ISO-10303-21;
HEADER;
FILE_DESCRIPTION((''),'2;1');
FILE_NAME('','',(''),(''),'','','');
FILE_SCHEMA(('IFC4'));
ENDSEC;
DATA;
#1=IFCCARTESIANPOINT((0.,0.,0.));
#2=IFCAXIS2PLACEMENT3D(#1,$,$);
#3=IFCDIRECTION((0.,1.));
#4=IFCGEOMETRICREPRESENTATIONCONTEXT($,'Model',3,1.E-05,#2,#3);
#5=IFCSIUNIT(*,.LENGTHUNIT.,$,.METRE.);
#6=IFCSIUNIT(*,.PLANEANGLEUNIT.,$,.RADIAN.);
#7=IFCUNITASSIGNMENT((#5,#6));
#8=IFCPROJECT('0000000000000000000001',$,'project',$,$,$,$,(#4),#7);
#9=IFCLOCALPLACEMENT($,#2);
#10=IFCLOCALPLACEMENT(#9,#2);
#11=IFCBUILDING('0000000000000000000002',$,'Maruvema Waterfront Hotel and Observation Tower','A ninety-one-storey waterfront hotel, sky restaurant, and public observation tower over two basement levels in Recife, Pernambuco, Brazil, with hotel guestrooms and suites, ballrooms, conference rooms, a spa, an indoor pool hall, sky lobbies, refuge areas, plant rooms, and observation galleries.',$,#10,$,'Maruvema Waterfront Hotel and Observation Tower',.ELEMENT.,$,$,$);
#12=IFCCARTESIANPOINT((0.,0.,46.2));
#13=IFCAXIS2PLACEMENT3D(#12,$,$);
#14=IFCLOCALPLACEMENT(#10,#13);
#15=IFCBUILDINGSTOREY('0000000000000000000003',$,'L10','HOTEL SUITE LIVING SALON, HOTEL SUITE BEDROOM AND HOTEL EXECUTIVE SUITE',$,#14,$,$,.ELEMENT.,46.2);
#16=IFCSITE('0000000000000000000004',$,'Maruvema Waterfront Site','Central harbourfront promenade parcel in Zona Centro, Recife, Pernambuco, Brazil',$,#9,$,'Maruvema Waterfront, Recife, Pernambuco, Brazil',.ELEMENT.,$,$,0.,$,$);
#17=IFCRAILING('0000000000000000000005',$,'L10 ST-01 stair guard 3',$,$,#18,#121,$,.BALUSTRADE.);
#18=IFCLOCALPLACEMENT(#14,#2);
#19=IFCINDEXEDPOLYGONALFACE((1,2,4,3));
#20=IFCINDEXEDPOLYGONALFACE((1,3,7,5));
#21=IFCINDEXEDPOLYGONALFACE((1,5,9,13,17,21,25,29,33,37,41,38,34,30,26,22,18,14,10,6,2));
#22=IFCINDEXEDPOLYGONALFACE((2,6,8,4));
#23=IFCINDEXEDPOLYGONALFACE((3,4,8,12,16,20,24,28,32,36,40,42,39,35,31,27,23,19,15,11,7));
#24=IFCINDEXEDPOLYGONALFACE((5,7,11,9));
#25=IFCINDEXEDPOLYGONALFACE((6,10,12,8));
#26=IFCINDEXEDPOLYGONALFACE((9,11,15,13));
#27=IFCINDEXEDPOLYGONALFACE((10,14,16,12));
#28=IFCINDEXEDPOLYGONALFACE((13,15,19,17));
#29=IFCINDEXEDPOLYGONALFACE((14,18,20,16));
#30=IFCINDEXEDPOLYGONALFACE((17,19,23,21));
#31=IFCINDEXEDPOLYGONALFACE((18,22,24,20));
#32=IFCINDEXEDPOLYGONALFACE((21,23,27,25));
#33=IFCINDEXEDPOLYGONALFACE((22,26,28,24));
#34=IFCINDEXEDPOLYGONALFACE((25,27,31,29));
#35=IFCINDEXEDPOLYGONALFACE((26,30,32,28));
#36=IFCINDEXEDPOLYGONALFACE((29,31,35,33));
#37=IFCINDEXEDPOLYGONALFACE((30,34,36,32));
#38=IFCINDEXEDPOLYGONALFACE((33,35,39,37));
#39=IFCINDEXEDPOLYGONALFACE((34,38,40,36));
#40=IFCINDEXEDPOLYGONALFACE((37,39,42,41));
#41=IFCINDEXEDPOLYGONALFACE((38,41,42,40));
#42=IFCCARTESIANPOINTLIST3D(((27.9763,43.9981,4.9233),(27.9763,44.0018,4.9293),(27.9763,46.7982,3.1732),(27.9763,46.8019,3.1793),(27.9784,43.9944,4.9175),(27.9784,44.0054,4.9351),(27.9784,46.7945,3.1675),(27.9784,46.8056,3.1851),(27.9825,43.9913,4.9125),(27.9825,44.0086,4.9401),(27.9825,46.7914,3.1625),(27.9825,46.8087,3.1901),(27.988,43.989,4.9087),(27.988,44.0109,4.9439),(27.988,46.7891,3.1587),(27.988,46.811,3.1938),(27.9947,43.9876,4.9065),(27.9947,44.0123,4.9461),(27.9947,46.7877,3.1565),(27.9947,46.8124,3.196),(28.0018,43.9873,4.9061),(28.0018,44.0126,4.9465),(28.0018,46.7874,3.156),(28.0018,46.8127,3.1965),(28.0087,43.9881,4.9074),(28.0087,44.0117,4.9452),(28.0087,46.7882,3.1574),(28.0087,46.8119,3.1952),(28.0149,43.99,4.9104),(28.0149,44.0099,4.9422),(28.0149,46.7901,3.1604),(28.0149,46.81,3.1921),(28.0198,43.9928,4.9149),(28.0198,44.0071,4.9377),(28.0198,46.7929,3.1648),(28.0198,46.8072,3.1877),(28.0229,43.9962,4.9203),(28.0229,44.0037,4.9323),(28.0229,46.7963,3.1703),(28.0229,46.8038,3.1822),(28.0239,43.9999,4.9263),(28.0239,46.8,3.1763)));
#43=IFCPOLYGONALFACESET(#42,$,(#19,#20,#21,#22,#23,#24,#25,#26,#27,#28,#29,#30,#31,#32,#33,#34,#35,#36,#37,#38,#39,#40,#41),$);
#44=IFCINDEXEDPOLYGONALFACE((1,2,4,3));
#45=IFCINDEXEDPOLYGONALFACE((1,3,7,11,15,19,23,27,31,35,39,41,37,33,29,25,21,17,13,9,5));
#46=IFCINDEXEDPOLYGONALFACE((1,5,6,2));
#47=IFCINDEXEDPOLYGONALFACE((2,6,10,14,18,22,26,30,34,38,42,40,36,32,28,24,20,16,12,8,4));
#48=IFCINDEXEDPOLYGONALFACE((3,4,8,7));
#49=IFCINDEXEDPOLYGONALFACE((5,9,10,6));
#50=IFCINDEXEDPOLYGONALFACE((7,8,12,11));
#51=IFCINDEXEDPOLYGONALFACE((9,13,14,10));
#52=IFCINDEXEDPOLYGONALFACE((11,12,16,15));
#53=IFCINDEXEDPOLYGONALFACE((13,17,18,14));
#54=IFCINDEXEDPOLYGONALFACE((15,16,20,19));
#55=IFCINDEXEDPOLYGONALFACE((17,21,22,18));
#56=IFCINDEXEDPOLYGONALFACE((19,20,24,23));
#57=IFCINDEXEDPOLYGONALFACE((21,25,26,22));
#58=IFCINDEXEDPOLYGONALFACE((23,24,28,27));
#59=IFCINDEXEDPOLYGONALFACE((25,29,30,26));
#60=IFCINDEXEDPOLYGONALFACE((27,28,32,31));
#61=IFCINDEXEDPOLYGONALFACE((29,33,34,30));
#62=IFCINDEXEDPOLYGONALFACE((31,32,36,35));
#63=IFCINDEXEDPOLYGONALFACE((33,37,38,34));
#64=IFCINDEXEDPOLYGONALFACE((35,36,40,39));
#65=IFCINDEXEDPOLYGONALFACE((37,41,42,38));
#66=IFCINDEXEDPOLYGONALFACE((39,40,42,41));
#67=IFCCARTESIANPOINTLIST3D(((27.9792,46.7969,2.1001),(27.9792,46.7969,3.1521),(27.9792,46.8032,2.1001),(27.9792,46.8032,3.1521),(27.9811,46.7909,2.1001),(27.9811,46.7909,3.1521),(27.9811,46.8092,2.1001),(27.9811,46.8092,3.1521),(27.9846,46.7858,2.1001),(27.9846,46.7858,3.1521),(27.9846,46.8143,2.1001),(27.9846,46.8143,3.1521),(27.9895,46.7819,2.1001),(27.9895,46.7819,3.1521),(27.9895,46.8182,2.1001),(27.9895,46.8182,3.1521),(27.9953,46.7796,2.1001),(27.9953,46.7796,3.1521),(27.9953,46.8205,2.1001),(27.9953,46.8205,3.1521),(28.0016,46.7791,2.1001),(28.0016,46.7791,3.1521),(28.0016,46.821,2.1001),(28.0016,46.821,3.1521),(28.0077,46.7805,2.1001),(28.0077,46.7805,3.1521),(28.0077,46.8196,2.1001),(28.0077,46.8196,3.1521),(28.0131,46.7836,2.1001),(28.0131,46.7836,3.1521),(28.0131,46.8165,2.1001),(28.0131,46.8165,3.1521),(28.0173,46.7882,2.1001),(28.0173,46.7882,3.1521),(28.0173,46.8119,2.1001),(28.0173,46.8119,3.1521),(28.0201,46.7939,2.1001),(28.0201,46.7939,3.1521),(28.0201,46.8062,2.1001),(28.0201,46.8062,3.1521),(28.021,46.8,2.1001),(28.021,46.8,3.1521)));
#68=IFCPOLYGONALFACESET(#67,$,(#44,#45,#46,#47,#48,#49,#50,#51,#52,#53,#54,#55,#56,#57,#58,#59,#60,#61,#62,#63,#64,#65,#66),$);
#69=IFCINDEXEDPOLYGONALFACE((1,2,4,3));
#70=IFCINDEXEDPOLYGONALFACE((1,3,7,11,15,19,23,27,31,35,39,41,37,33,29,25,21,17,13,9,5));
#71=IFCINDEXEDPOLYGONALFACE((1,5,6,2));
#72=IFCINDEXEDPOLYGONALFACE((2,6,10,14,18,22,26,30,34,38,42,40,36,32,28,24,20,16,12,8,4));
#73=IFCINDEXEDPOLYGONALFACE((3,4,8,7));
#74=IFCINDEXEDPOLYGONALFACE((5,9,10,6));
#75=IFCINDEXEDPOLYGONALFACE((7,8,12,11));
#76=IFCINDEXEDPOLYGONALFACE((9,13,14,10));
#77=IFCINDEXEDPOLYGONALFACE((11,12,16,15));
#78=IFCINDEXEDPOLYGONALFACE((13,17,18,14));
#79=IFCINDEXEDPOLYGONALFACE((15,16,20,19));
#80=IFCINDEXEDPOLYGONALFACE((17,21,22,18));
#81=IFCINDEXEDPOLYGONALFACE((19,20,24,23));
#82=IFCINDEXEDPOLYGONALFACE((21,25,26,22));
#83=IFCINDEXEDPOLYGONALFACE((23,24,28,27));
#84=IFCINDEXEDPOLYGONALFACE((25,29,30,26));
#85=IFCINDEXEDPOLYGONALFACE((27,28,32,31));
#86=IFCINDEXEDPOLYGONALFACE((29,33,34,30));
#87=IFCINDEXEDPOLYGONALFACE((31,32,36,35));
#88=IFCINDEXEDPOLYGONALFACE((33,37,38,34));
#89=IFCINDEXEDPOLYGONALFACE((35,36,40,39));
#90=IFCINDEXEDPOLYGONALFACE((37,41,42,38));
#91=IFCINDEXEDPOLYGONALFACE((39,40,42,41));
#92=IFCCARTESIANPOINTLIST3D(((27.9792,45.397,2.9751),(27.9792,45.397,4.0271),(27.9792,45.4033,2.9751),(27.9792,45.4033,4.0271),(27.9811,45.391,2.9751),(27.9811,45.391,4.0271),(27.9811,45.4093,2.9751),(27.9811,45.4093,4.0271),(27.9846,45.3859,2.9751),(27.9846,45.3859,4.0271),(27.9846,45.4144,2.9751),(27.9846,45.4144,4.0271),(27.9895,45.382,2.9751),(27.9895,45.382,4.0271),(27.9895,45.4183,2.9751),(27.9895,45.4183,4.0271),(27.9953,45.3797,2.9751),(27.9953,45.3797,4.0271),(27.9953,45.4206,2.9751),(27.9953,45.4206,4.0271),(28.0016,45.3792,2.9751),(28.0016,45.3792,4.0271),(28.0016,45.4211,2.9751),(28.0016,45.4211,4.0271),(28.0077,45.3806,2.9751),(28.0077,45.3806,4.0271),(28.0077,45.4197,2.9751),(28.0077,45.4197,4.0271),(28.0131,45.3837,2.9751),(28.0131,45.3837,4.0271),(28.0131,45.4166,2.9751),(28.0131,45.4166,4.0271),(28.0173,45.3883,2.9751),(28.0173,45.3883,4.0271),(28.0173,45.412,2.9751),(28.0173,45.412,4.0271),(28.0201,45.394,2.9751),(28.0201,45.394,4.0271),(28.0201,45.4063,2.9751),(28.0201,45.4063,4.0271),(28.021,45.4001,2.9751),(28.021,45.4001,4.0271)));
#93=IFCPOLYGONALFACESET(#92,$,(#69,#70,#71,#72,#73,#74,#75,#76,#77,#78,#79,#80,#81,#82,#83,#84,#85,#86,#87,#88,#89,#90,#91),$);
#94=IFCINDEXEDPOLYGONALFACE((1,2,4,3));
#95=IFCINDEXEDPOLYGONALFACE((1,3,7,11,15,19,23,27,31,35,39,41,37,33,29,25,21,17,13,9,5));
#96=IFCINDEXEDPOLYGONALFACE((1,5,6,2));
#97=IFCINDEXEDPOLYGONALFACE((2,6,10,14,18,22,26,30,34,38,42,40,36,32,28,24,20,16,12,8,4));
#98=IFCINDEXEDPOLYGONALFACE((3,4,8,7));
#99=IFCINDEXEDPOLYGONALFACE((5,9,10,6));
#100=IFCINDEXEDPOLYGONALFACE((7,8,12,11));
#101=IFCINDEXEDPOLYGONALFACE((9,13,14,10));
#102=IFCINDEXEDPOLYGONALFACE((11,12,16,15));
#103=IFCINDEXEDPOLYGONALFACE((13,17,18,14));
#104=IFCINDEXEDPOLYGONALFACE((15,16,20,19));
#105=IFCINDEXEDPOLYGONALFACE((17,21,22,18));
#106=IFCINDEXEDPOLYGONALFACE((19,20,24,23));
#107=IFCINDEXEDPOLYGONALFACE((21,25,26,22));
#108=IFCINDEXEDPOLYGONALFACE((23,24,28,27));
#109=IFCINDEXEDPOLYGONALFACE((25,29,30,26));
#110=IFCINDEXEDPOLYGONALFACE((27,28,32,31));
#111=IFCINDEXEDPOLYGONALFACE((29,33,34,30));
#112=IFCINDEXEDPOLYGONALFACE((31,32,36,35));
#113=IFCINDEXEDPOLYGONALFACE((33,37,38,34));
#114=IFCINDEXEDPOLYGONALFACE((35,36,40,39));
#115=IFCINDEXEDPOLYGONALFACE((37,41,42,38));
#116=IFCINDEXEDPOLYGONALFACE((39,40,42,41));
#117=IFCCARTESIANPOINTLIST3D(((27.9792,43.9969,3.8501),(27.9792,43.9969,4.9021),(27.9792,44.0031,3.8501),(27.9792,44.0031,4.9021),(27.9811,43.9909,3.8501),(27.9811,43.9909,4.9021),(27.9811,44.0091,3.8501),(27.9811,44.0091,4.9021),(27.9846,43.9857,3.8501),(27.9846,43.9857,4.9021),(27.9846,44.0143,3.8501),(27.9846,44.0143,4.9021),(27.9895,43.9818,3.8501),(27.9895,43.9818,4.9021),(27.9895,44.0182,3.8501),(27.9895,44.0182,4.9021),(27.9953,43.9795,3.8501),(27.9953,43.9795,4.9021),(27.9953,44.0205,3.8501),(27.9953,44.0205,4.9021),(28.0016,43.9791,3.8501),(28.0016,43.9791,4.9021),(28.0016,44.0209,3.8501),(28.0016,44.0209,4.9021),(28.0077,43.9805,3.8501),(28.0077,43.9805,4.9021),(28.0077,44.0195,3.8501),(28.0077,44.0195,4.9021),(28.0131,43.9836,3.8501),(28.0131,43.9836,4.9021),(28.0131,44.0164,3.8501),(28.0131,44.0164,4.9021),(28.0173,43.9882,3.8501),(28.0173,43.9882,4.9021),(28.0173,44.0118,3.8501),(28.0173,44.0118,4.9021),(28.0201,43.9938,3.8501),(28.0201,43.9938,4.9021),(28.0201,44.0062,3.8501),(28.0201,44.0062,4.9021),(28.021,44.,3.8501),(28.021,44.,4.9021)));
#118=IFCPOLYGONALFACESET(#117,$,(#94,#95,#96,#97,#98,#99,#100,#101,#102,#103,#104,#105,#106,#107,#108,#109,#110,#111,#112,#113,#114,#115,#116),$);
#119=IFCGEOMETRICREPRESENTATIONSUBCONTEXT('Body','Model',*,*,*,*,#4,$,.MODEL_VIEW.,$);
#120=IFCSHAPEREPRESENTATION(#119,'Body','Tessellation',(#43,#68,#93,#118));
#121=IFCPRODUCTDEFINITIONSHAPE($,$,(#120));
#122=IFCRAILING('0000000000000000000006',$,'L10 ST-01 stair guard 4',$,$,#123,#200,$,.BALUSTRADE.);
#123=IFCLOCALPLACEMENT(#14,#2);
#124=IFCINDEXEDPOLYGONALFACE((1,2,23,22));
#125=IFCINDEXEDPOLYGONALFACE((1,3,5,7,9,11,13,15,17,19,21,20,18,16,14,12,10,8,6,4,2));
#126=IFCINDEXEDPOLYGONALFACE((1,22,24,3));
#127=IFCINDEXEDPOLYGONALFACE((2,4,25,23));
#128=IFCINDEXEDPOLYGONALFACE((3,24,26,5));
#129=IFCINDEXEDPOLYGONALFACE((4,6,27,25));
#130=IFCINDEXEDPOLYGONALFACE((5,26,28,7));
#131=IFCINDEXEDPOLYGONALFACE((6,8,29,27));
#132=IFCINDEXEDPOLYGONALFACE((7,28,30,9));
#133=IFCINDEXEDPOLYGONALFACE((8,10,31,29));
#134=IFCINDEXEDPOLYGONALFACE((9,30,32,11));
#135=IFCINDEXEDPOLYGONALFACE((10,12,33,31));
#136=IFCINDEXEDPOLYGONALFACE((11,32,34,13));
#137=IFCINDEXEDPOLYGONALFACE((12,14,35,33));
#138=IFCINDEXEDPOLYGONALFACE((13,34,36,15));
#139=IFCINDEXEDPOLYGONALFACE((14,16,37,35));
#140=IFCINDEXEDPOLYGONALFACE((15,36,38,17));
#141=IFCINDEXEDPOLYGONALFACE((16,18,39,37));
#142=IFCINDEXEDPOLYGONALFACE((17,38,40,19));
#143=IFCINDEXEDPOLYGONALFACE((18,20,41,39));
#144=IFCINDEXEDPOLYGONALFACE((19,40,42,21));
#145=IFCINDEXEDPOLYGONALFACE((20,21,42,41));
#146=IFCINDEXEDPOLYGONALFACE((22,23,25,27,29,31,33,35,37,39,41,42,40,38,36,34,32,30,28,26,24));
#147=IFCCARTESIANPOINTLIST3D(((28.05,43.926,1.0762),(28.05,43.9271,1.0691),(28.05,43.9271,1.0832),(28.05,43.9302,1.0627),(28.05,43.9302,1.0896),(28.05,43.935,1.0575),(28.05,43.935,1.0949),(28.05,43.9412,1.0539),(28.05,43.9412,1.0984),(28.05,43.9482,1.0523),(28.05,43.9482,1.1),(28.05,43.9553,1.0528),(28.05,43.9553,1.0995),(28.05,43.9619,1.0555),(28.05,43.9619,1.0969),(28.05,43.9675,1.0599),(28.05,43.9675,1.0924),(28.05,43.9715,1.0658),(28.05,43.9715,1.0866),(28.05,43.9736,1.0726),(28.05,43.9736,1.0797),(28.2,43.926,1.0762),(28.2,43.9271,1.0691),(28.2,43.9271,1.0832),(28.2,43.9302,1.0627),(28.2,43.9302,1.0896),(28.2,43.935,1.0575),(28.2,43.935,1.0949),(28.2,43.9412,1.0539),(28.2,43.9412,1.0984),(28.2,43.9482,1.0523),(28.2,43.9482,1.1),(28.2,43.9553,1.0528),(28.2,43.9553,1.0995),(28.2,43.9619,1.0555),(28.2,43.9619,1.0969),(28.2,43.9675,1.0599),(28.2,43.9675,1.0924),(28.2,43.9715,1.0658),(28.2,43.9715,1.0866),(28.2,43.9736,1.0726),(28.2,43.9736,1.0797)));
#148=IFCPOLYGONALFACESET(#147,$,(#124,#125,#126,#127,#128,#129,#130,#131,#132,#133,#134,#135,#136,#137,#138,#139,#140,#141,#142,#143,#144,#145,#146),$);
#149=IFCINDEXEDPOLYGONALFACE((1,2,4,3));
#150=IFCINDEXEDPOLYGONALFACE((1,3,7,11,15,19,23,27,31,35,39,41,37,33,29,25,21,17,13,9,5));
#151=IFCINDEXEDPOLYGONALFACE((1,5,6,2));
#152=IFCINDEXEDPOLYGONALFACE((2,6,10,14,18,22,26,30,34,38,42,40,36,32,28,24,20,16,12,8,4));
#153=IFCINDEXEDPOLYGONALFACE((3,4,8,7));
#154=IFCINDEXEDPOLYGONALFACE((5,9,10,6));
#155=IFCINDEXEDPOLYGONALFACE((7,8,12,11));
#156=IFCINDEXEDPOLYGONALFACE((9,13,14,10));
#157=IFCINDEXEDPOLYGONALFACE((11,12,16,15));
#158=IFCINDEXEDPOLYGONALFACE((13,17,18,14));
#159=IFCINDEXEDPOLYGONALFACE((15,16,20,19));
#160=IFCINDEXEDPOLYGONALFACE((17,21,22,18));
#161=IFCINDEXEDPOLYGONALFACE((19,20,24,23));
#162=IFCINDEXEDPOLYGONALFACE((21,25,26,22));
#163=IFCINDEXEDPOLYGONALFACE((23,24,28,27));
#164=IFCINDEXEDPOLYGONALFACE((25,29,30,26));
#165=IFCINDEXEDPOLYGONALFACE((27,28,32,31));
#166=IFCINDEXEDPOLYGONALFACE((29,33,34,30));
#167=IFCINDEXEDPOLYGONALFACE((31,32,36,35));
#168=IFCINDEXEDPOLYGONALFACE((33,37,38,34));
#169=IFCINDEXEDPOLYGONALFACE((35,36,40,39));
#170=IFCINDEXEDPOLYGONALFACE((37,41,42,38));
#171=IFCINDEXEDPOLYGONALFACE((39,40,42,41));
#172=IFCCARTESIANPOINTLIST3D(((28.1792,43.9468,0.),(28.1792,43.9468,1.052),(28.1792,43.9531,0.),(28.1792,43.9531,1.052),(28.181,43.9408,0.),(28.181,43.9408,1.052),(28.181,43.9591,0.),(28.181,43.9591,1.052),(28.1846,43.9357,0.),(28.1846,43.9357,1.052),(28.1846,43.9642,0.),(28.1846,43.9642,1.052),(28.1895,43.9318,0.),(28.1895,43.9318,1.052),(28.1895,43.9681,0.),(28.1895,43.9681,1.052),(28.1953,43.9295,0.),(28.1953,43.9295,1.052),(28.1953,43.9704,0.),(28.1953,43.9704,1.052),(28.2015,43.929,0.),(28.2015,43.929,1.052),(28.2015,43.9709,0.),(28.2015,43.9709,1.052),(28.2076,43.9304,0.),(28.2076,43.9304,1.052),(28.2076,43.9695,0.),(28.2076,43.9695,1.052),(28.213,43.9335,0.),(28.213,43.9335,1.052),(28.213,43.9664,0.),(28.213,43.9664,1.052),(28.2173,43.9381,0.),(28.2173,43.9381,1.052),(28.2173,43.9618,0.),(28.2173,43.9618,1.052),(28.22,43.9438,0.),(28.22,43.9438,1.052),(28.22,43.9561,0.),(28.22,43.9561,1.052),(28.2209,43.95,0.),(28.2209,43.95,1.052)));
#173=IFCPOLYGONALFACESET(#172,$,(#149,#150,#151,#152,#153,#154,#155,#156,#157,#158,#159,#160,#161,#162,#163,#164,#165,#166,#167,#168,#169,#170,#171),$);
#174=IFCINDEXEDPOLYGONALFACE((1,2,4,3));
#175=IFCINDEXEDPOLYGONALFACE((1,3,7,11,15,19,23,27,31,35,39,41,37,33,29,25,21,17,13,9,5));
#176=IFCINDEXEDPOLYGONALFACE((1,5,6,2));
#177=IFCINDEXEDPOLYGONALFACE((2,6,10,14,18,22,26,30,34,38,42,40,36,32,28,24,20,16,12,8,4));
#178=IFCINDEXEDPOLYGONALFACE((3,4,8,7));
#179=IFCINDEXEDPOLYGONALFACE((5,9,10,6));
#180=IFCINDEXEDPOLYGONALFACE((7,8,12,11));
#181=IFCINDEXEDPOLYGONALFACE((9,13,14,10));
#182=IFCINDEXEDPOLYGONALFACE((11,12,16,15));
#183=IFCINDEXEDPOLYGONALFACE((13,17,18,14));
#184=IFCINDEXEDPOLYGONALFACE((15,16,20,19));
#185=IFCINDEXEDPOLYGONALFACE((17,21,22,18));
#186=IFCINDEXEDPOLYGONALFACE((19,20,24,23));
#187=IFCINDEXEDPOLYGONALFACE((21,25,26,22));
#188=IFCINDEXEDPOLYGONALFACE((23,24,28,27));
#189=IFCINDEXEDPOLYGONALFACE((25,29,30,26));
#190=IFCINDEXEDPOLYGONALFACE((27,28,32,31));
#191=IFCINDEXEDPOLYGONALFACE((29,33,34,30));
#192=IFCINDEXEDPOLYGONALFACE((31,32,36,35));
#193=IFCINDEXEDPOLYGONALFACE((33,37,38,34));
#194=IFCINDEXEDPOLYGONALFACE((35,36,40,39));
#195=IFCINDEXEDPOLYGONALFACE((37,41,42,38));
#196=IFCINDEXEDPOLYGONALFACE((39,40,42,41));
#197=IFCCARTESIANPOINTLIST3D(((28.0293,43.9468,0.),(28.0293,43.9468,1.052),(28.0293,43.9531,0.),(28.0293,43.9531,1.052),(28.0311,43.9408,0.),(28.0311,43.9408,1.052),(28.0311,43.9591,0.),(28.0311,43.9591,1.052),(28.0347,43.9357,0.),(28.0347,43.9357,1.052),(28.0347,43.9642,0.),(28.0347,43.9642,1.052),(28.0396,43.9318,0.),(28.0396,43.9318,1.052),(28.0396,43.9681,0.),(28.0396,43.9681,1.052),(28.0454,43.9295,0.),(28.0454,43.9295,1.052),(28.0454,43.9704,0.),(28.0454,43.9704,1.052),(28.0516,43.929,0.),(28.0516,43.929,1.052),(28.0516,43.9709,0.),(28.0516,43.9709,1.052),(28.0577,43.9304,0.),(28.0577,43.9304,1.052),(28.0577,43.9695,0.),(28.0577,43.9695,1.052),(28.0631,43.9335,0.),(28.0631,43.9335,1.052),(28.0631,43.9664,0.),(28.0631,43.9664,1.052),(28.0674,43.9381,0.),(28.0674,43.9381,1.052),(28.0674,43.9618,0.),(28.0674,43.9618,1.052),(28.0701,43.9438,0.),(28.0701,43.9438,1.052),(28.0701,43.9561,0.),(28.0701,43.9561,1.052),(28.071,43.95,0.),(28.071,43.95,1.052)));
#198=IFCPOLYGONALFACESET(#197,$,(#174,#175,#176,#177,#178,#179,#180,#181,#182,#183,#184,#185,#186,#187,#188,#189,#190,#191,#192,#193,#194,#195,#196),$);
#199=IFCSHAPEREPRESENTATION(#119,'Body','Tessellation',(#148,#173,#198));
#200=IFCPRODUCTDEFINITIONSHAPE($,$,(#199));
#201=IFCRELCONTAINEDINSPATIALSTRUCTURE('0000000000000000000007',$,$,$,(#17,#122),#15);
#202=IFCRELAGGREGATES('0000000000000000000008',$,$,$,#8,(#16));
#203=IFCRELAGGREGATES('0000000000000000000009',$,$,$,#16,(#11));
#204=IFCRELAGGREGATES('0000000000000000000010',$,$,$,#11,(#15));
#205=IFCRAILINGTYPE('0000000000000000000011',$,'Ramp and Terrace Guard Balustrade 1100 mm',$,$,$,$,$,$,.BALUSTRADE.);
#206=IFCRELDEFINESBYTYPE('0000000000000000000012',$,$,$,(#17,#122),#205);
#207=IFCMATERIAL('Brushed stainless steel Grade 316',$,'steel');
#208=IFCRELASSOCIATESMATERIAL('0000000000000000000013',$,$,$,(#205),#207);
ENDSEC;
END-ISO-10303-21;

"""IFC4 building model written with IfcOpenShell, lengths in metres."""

from ifc_helpers import new_model, si_unit, direction, frame, origin, origin_2d, place, context, subcontext, project, spatial, circle, extrude, material, type_object, element, save


model = new_model("IFC4")

# Units and contexts
model_context = context("Model", 3, precision=1e-05, world=origin(), true_north=direction((0.0, 1.0)))
body_context = subcontext(model_context, "Body", "Model", "MODEL_VIEW")
ifc_project = project(units=[si_unit("LENGTHUNIT", "METRE"), si_unit("PLANEANGLEUNIT", "RADIAN")], contexts=[model_context])

# Site, building, storey
site_placement = place(None, origin())
site = spatial("IfcSite", under=ifc_project, at=site_placement, Name="Maruvema Waterfront Site", Description="Central harbourfront promenade parcel in Zona Centro, Recife, Pernambuco, Brazil", LongName="Maruvema Waterfront, Recife, Pernambuco, Brazil", CompositionType="ELEMENT", RefElevation=0.0)
building_placement = place(site_placement, origin())
building = spatial("IfcBuilding", under=site, at=building_placement, Name="Maruvema Waterfront Hotel and Observation Tower", Description="A ninety-one-storey waterfront hotel, sky restaurant, and public observation tower over two basement levels in Recife, Pernambuco, Brazil, with hotel guestrooms and suites, ballrooms, conference rooms, a spa, an indoor pool hall, sky lobbies, refuge areas, plant rooms, and observation galleries.", LongName="Maruvema Waterfront Hotel and Observation Tower", CompositionType="ELEMENT")
storey_placement = place(building_placement, frame((0.0, 0.0, 46.2)))
storey = spatial("IfcBuildingStorey", under=building, at=storey_placement, Name="L10", Description="HOTEL SUITE LIVING SALON, HOTEL SUITE BEDROOM AND HOTEL EXECUTIVE SUITE", CompositionType="ELEMENT", Elevation=46.2)

# Railings
ifc_material_1 = material(Name="Brushed stainless steel Grade 316", Category="steel")
railing_type_1 = type_object("IfcRailingType", Name="Ramp and Terrace Guard Balustrade 1100 mm", PredefinedType="BALUSTRADE", material=ifc_material_1)
railing_1_placement = place(storey_placement, frame((28.0, 46.8, 2.1001)))
element("IfcRailing", 1, at=railing_1_placement, inside=storey, type_object=railing_type_1, Name="L10 ST-01 stair guard 3", PredefinedType="BALUSTRADE", context=body_context, shape_type="SweptSolid", body=[
    extrude(circle(Radius=0.0239, at=origin_2d()), frame((0.0, 0.0, 1.0762), z_axis=(0.0, -0.848002, 0.529992), x_axis=(1.0, 0.0, 0.0)), (0.0, 0.0, 1.0), 3.302),
    extrude(circle(Radius=0.021, at=origin_2d()), origin(), (0.0, 0.0, 1.0), 1.052),
    extrude(circle(Radius=0.021, at=origin_2d()), frame((0.0, -1.3999, 0.875)), (0.0, 0.0, 1.0), 1.052),
    extrude(circle(Radius=0.021, at=origin_2d()), frame((0.0, -2.8, 1.75)), (0.0, 0.0, 1.0), 1.052),
])
railing_2_placement = place(storey_placement, frame((28.2, 43.95, 0.0)))
element("IfcRailing", 2, at=railing_2_placement, inside=storey, type_object=railing_type_1, Name="L10 ST-01 stair guard 4", PredefinedType="BALUSTRADE", context=body_context, shape_type="SweptSolid", body=[
    extrude(circle(Radius=0.0239, at=origin_2d()), frame((0.0, 0.0, 1.0762), z_axis=(-1.0, 0.0, 0.0), x_axis=(0.0, -1.0, 0.0)), (0.0, 0.0, 1.0), 0.1499),
    extrude(circle(Radius=0.021, at=origin_2d()), origin(), (0.0, 0.0, 1.0), 1.052),
    extrude(circle(Radius=0.021, at=origin_2d()), frame((-0.1499, 0.0, 0.0)), (0.0, 0.0, 1.0), 1.052),
])

save(model, "model.ifc")
